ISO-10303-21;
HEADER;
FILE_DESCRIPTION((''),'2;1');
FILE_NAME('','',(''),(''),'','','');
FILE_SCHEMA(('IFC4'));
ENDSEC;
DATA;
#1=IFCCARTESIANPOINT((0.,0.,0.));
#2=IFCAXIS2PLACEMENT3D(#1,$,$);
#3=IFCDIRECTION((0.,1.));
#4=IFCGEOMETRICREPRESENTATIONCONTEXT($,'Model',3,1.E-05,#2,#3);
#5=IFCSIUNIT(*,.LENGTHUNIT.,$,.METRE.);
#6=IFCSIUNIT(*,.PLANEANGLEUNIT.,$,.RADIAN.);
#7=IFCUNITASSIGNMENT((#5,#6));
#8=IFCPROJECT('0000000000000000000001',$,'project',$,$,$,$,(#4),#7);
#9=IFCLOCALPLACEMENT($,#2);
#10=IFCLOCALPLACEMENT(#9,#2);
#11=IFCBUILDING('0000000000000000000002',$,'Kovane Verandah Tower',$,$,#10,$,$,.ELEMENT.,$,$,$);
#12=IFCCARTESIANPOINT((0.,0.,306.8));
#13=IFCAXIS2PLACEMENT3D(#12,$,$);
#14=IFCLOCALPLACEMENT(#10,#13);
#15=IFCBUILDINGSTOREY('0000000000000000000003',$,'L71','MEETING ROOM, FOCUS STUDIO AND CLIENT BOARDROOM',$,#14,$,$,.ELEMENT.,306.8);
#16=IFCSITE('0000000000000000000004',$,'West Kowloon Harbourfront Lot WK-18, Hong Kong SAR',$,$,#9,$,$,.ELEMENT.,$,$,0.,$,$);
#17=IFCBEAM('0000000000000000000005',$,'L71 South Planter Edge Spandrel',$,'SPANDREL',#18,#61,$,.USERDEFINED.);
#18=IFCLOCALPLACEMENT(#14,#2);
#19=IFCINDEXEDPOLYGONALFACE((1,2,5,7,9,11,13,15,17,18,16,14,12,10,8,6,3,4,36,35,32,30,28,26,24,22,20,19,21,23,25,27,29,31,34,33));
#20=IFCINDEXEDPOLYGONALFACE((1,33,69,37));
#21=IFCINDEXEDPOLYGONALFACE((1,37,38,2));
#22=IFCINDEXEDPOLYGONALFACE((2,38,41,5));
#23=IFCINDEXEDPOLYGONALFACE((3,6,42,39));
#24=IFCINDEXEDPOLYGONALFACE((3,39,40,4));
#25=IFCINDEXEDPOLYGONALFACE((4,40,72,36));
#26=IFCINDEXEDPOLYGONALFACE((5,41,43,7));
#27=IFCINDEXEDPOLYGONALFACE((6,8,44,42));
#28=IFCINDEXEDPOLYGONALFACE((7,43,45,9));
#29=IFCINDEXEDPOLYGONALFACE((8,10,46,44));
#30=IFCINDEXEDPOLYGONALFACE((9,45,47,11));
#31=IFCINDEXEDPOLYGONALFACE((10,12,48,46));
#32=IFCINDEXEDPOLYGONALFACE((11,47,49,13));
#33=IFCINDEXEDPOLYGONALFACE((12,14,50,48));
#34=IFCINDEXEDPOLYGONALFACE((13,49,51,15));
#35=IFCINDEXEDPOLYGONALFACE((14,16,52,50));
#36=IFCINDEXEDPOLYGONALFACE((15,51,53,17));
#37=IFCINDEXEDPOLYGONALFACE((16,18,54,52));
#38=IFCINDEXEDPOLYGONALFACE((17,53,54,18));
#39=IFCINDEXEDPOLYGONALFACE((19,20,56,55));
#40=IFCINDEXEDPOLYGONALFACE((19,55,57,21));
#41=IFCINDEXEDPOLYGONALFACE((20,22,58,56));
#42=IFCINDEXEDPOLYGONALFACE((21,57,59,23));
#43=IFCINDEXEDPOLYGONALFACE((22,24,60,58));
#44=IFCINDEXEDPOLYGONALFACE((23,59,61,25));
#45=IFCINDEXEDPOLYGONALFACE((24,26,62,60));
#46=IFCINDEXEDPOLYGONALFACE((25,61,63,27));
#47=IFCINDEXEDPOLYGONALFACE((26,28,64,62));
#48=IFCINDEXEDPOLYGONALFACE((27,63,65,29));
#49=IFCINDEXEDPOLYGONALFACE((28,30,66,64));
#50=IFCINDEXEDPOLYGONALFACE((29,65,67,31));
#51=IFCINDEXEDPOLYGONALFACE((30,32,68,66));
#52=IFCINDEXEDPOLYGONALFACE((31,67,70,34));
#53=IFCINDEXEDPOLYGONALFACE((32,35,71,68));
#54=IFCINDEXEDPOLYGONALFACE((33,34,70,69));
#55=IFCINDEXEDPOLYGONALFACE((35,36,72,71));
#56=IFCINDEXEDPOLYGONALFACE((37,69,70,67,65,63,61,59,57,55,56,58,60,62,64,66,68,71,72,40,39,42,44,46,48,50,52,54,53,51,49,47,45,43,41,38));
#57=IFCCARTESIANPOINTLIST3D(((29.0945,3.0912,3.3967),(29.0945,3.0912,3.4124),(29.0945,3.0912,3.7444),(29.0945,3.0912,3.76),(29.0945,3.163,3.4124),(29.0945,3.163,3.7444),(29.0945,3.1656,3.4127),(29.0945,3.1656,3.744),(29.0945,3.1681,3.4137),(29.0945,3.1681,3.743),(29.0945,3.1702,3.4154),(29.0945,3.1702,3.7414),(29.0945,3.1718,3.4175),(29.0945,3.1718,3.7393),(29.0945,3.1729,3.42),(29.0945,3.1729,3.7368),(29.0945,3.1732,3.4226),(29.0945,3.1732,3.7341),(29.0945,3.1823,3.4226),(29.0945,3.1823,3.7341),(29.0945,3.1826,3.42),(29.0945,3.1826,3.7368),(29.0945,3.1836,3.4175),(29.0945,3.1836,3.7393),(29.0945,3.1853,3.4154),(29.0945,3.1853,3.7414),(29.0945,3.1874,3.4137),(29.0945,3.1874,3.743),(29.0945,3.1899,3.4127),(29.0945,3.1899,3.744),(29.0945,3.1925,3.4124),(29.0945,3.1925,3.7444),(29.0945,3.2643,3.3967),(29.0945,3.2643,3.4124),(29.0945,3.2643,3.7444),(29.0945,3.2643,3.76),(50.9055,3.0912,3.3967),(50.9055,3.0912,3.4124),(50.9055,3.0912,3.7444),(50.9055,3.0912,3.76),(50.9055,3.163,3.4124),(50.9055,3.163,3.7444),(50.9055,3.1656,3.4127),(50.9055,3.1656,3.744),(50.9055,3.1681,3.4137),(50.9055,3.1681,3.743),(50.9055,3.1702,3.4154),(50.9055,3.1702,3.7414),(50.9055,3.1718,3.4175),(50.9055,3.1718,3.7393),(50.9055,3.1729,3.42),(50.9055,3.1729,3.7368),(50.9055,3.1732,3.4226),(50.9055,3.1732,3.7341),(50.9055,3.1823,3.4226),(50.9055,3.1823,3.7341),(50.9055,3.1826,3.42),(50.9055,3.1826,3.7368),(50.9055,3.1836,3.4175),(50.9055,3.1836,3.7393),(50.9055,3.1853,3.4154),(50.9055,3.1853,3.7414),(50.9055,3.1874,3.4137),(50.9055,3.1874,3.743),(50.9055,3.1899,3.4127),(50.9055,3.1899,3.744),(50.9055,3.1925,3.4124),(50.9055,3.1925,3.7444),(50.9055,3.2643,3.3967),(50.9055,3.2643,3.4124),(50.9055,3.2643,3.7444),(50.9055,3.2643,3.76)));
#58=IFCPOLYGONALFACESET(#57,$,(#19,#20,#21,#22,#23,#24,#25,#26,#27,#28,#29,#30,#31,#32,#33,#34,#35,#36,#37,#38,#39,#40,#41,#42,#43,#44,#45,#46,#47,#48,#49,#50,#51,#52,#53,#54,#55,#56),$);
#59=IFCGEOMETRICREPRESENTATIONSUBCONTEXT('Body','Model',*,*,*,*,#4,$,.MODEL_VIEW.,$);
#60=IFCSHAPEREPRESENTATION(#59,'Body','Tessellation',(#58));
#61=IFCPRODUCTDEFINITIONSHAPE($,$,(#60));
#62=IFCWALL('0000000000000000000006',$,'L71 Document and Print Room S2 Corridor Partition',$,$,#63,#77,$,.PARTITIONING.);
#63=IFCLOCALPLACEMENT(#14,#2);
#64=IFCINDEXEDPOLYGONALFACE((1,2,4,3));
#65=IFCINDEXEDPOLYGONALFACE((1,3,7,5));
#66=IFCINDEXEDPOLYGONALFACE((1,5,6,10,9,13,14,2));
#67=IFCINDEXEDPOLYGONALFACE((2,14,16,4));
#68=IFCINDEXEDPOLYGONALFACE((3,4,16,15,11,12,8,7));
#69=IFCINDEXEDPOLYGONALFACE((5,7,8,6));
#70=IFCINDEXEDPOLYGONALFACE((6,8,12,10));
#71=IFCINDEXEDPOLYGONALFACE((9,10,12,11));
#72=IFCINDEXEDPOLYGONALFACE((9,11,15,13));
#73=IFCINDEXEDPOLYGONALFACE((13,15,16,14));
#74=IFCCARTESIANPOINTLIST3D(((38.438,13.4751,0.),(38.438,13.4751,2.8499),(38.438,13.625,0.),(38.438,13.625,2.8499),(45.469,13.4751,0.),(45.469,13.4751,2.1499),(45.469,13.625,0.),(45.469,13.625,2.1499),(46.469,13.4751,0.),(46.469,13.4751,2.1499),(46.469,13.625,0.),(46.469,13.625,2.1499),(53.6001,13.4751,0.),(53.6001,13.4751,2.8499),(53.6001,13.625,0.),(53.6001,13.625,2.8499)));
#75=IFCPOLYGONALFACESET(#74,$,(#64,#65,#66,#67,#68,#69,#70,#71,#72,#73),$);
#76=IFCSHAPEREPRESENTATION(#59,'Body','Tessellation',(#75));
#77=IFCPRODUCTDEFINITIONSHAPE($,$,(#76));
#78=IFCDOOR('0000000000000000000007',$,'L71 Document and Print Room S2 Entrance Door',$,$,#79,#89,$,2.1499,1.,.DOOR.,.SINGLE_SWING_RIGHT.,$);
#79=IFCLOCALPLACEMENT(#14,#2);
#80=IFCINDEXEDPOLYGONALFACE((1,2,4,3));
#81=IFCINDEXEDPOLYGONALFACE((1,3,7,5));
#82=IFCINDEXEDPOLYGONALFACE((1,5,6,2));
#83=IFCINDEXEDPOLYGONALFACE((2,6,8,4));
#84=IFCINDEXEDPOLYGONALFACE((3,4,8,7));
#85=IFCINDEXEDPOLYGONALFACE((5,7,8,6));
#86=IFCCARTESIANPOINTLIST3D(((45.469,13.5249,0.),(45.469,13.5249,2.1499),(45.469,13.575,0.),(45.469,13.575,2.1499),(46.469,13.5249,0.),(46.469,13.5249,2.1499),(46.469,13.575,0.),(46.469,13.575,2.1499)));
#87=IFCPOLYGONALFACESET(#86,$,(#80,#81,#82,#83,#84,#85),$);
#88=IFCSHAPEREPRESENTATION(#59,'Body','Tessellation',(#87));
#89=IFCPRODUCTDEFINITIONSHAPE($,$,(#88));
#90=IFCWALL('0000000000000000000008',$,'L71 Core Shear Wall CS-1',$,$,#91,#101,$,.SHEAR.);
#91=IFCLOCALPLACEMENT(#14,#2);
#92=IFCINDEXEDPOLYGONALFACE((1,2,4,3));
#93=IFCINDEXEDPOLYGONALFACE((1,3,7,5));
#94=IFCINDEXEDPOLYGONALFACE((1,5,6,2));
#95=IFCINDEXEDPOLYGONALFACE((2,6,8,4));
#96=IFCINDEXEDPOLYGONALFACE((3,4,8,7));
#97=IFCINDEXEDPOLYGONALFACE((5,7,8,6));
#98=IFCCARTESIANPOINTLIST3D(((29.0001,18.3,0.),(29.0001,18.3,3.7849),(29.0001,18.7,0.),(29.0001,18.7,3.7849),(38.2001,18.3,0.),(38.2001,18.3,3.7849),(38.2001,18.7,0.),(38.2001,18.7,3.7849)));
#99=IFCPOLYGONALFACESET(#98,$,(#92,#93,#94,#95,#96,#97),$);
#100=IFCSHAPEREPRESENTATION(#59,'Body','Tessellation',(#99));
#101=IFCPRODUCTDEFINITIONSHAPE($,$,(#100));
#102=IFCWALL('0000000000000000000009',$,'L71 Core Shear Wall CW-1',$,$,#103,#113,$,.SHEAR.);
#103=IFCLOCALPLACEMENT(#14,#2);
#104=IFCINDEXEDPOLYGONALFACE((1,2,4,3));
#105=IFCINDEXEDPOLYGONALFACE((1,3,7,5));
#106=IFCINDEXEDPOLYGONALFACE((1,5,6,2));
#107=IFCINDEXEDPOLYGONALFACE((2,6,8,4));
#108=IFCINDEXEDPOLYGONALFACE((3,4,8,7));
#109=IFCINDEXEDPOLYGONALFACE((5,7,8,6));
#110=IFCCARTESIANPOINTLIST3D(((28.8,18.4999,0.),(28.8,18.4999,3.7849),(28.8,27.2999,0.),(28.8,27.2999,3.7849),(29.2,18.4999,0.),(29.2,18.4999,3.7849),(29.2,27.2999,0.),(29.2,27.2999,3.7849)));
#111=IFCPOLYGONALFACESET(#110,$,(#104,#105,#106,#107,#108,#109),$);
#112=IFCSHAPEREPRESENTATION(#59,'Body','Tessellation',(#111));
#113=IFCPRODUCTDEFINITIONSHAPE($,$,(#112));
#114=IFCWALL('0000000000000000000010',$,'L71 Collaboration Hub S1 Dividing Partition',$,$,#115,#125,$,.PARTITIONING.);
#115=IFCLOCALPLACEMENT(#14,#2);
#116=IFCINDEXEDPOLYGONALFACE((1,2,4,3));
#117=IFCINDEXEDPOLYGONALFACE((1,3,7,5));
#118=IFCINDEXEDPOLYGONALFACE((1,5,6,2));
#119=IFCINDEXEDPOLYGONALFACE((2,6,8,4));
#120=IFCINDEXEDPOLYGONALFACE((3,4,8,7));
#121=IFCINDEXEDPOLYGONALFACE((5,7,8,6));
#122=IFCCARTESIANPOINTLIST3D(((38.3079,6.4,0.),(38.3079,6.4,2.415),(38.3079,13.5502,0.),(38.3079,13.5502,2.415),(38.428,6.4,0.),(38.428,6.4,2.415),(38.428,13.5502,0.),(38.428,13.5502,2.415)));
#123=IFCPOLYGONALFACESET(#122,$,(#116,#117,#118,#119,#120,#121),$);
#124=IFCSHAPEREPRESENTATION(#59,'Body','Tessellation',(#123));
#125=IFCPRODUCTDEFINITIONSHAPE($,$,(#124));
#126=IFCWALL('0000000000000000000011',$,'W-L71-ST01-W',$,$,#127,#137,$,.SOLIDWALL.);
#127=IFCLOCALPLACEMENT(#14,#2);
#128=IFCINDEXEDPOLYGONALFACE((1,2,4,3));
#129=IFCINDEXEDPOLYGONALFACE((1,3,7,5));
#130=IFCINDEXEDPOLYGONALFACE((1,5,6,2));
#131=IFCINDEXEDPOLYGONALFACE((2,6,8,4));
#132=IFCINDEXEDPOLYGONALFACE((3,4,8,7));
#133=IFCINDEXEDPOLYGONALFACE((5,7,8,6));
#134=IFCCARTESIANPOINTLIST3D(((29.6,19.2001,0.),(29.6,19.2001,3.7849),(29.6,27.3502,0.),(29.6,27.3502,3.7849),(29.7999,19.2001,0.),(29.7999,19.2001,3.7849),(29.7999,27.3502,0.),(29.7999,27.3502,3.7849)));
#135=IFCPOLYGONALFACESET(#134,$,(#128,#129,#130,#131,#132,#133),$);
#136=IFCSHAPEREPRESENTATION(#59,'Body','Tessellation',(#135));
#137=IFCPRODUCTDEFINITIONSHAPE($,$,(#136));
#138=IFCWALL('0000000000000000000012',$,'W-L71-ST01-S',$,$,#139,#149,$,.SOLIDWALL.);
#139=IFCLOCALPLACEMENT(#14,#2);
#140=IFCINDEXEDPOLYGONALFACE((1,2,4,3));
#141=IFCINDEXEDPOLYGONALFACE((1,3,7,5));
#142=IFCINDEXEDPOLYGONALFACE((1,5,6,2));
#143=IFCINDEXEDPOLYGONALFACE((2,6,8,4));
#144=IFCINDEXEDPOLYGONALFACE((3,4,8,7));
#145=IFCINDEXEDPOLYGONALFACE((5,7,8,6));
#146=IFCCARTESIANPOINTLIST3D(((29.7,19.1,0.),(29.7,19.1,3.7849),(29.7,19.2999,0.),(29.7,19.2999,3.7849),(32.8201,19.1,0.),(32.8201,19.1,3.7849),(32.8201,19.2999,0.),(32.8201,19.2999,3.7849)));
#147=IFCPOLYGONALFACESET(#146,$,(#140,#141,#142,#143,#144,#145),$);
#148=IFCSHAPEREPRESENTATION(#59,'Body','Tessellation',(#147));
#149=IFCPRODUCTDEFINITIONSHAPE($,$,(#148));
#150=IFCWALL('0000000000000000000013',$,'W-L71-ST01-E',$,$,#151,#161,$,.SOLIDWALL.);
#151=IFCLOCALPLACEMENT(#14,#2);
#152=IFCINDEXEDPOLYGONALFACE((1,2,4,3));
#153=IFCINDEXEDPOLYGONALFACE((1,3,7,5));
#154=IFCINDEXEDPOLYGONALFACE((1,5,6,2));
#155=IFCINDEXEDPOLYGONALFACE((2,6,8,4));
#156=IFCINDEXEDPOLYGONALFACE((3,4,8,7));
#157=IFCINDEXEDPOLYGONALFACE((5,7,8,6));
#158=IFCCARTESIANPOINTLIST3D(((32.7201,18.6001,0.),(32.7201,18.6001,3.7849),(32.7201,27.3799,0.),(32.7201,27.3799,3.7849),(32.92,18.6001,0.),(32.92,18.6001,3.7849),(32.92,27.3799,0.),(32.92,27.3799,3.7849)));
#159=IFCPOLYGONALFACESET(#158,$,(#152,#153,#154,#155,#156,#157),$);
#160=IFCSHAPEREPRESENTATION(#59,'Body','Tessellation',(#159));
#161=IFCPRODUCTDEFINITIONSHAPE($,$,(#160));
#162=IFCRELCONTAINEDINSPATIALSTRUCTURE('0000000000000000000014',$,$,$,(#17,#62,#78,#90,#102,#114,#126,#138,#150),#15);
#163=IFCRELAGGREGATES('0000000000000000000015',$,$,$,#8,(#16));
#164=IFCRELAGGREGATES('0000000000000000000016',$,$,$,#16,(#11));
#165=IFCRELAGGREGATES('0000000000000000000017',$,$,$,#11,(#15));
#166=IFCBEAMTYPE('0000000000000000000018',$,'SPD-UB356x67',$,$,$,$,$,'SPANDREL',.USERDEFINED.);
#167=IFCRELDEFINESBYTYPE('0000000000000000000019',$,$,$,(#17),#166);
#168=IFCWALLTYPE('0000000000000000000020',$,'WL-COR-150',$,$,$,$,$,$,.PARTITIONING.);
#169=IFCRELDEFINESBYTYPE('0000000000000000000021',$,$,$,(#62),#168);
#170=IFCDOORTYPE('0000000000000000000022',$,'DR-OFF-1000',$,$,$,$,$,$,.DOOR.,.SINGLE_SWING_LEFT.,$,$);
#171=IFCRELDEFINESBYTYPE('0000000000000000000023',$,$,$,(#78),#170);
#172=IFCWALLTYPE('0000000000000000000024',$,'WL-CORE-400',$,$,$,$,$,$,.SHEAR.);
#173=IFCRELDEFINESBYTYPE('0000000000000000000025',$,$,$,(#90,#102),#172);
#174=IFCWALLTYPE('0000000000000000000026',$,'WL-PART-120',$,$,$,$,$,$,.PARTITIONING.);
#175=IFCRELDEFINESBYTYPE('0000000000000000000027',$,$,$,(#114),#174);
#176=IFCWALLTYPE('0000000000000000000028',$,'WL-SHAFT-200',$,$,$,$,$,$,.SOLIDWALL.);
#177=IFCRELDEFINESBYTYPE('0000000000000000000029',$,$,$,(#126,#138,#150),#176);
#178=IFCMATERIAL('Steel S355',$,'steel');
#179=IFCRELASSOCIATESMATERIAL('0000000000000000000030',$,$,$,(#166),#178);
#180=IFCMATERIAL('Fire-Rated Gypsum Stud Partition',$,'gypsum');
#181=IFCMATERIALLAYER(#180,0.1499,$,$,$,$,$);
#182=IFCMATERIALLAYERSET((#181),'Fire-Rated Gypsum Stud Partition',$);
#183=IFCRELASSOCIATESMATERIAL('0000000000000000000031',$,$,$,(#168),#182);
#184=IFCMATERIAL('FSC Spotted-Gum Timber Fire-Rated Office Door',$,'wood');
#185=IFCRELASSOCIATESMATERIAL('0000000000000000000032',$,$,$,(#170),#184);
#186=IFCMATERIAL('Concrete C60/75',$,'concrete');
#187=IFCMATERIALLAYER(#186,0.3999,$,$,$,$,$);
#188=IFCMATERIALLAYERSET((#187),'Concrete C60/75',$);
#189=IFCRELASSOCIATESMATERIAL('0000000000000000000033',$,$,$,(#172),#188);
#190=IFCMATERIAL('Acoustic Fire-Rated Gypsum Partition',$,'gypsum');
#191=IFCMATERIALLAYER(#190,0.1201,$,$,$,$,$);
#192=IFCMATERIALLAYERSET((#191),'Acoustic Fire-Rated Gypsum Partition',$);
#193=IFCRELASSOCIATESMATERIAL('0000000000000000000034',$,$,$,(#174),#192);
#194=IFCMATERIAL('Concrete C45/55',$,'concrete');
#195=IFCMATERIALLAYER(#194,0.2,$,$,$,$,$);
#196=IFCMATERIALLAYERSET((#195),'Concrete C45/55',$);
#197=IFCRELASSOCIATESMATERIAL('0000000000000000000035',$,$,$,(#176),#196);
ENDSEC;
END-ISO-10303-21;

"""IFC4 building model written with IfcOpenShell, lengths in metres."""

from ifc_helpers import new_model, si_unit, direction, frame, frame_2d, origin, origin_2d, place, context, subcontext, project, spatial, rectangle, i_section, extrude, material, layer, layer_set, material_profile, profile_set, type_object, element, fill, save


model = new_model("IFC4")

# Units and contexts
model_context = context("Model", 3, precision=1e-05, world=origin(), true_north=direction((0.0, 1.0)))
body_context = subcontext(model_context, "Body", "Model", "MODEL_VIEW")
ifc_project = project(units=[si_unit("LENGTHUNIT", "METRE"), si_unit("PLANEANGLEUNIT", "RADIAN")], contexts=[model_context])

# Site, building, storey
site_placement = place(None, origin())
site = spatial("IfcSite", under=ifc_project, at=site_placement, Name="West Kowloon Harbourfront Lot WK-18, Hong Kong SAR", CompositionType="ELEMENT", RefElevation=0.0)
building_placement = place(site_placement, origin())
building = spatial("IfcBuilding", under=site, at=building_placement, Name="Kovane Verandah Tower", CompositionType="ELEMENT")
storey_placement = place(building_placement, frame((0.0, 0.0, 306.8)))
storey = spatial("IfcBuildingStorey", under=building, at=storey_placement, Name="L71", Description="MEETING ROOM, FOCUS STUDIO AND CLIENT BOARDROOM", CompositionType="ELEMENT", Elevation=306.8)

# Shared definitions
ifc_material_1 = material(Name="Concrete C60/75", Category="concrete")

# Beam
ifc_material_2 = material(Name="Steel S355", Category="steel")
ifc_material_profile_1 = material_profile(ifc_material_2, i_section(OverallWidth=0.1731, OverallDepth=0.3633, WebThickness=0.009, FlangeThickness=0.0156, FilletRadius=0.0103, at=origin_2d()), Name="UB356x171x67")
ifc_profile_set_1 = profile_set([ifc_material_profile_1], Name="Steel S355")
beam_type_1 = type_object("IfcBeamType", Name="SPD-UB356x67", ElementType="SPANDREL", PredefinedType="USERDEFINED", material=ifc_profile_set_1)
beam_1_placement = place(storey_placement, frame((29.0945, 3.1777, 3.5784), z_axis=(1.0, 0.0, 0.0), x_axis=(0.0, 1.0, 0.0)))
element("IfcBeam", 1, at=beam_1_placement, inside=storey, type_object=beam_type_1, Name="L71 South Planter Edge Spandrel", ObjectType="SPANDREL", PredefinedType="USERDEFINED", context=body_context, shape_type="SweptSolid", body=[
    extrude(i_section(OverallWidth=0.1731, OverallDepth=0.3633, WebThickness=0.009, FlangeThickness=0.0156, FilletRadius=0.0103, at=origin_2d()), origin(), (0.0, 0.0, 1.0), 21.811),
])

# Wall, opening, door
ifc_material_3 = material(Name="Fire-Rated Gypsum Stud Partition", Category="gypsum")
ifc_layer_1 = layer(ifc_material_3, 0.1499)
ifc_layer_set_1 = layer_set([ifc_layer_1], Name="Fire-Rated Gypsum Stud Partition")
wall_type_1 = type_object("IfcWallType", Name="WL-COR-150", PredefinedType="PARTITIONING", material=ifc_layer_set_1)
ifc_material_4 = material(Name="FSC Spotted-Gum Timber Fire-Rated Office Door", Category="wood")
door_type = type_object("IfcDoorType", Name="DR-OFF-1000", OperationType="SINGLE_SWING_LEFT", PredefinedType="DOOR", material=ifc_material_4)
wall_1_placement = place(storey_placement, frame((38.438, 13.55, 0.0), z_axis=(0.0, 0.0, 1.0), x_axis=(1.0, 0.0, 0.0)))
wall_1 = element("IfcWall", 2, at=wall_1_placement, inside=storey, type_object=wall_type_1, Name="L71 Document and Print Room S2 Corridor Partition", PredefinedType="PARTITIONING", context=body_context, shape_type="SweptSolid", body=[
    extrude(rectangle(XDim=15.1621, YDim=0.1499, at=frame_2d((7.5811, 0.0))), origin(), (0.0, 0.0, 1.0), 2.8499),
])
opening_1_placement = place(wall_1_placement, frame((7.031, 0.0, 0.0)))
opening_1 = element("IfcOpeningElement", 3, at=opening_1_placement, cuts=wall_1, PredefinedType="OPENING", context=body_context, shape_type="SweptSolid", body=[
    extrude(rectangle(XDim=1.0, YDim=2.1499, at=frame_2d((0.5, 1.075))), frame((0.0, 0.075, 0.0), z_axis=(0.0, -1.0, 0.0), x_axis=(1.0, 0.0, 0.0)), (0.0, 0.0, 1.0), 0.1499),
])
door_1_placement = place(opening_1_placement, origin())
door_1 = element("IfcDoor", 4, at=door_1_placement, inside=storey, type_object=door_type, Name="L71 Document and Print Room S2 Entrance Door", OperationType="SINGLE_SWING_RIGHT", OverallHeight=2.1499, OverallWidth=1.0, PredefinedType="DOOR", context=body_context, shape_type="SweptSolid", body=[
    extrude(rectangle(XDim=1.0, YDim=2.1499, at=frame_2d((0.5, 1.075))), frame((0.0, 0.0249, 0.0), z_axis=(0.0, -1.0, 0.0), x_axis=(1.0, 0.0, 0.0)), (0.0, 0.0, 1.0), 0.05),
])
fill(opening_1, door_1)

# Walls
ifc_layer_2 = layer(ifc_material_1, 0.3999)
ifc_layer_set_2 = layer_set([ifc_layer_2], Name="Concrete C60/75")
wall_type_2 = type_object("IfcWallType", Name="WL-CORE-400", PredefinedType="SHEAR", material=ifc_layer_set_2)
wall_2_placement = place(storey_placement, frame((29.0, 18.5, 0.0), z_axis=(0.0, 0.0, 1.0), x_axis=(1.0, 0.0, 0.0)))
element("IfcWall", 5, at=wall_2_placement, inside=storey, type_object=wall_type_2, Name="L71 Core Shear Wall CS-1", PredefinedType="SHEAR", context=body_context, shape_type="SweptSolid", body=[
    extrude(rectangle(XDim=9.2, YDim=0.3999, at=frame_2d((4.6001, 0.0))), origin(), (0.0, 0.0, 1.0), 3.7849),
])
wall_3_placement = place(storey_placement, frame((29.0, 18.5, 0.0), z_axis=(0.0, 0.0, 1.0), x_axis=(0.0, 1.0, 0.0)))
element("IfcWall", 6, at=wall_3_placement, inside=storey, type_object=wall_type_2, Name="L71 Core Shear Wall CW-1", PredefinedType="SHEAR", context=body_context, shape_type="SweptSolid", body=[
    extrude(rectangle(XDim=8.8, YDim=0.3999, at=frame_2d((4.3999, 0.0))), origin(), (0.0, 0.0, 1.0), 3.7849),
])
ifc_material_5 = material(Name="Acoustic Fire-Rated Gypsum Partition", Category="gypsum")
ifc_layer_3 = layer(ifc_material_5, 0.1201)
ifc_layer_set_3 = layer_set([ifc_layer_3], Name="Acoustic Fire-Rated Gypsum Partition")
wall_type_3 = type_object("IfcWallType", Name="WL-PART-120", PredefinedType="PARTITIONING", material=ifc_layer_set_3)
wall_4_placement = place(storey_placement, frame((38.3679, 6.3999, 0.0), z_axis=(0.0, 0.0, 1.0), x_axis=(0.0, 1.0, 0.0)))
element("IfcWall", 7, at=wall_4_placement, inside=storey, type_object=wall_type_3, Name="L71 Collaboration Hub S1 Dividing Partition", PredefinedType="PARTITIONING", context=body_context, shape_type="SweptSolid", body=[
    extrude(rectangle(XDim=7.1501, YDim=0.1201, at=frame_2d((3.5752, 0.0))), origin(), (0.0, 0.0, 1.0), 2.415),
])
ifc_material_6 = material(Name="Concrete C45/55", Category="concrete")
ifc_layer_4 = layer(ifc_material_6, 0.2)
ifc_layer_set_4 = layer_set([ifc_layer_4], Name="Concrete C45/55")
wall_type_4 = type_object("IfcWallType", Name="WL-SHAFT-200", PredefinedType="SOLIDWALL", material=ifc_layer_set_4)
wall_5_placement = place(storey_placement, frame((29.7, 19.2, 0.0), z_axis=(0.0, 0.0, 1.0), x_axis=(0.0, 1.0, 0.0)))
element("IfcWall", 8, at=wall_5_placement, inside=storey, type_object=wall_type_4, Name="W-L71-ST01-W", PredefinedType="SOLIDWALL", context=body_context, shape_type="SweptSolid", body=[
    extrude(rectangle(XDim=8.1501, YDim=0.2, at=frame_2d((4.0752, 0.0))), origin(), (0.0, 0.0, 1.0), 3.7849),
])
wall_6_placement = place(storey_placement, frame((29.7, 19.2, 0.0), z_axis=(0.0, 0.0, 1.0), x_axis=(1.0, 0.0, 0.0)))
element("IfcWall", 9, at=wall_6_placement, inside=storey, type_object=wall_type_4, Name="W-L71-ST01-S", PredefinedType="SOLIDWALL", context=body_context, shape_type="SweptSolid", body=[
    extrude(rectangle(XDim=3.1201, YDim=0.2, at=frame_2d((1.5601, 0.0))), origin(), (0.0, 0.0, 1.0), 3.7849),
])
wall_7_placement = place(storey_placement, frame((32.8201, 18.6001, 0.0), z_axis=(0.0, 0.0, 1.0), x_axis=(0.0, 1.0, 0.0)))
element("IfcWall", 10, at=wall_7_placement, inside=storey, type_object=wall_type_4, Name="W-L71-ST01-E", PredefinedType="SOLIDWALL", context=body_context, shape_type="SweptSolid", body=[
    extrude(rectangle(XDim=8.7798, YDim=0.2, at=frame_2d((4.3899, 0.0))), origin(), (0.0, 0.0, 1.0), 3.7849),
])

save(model, "model.ifc")
